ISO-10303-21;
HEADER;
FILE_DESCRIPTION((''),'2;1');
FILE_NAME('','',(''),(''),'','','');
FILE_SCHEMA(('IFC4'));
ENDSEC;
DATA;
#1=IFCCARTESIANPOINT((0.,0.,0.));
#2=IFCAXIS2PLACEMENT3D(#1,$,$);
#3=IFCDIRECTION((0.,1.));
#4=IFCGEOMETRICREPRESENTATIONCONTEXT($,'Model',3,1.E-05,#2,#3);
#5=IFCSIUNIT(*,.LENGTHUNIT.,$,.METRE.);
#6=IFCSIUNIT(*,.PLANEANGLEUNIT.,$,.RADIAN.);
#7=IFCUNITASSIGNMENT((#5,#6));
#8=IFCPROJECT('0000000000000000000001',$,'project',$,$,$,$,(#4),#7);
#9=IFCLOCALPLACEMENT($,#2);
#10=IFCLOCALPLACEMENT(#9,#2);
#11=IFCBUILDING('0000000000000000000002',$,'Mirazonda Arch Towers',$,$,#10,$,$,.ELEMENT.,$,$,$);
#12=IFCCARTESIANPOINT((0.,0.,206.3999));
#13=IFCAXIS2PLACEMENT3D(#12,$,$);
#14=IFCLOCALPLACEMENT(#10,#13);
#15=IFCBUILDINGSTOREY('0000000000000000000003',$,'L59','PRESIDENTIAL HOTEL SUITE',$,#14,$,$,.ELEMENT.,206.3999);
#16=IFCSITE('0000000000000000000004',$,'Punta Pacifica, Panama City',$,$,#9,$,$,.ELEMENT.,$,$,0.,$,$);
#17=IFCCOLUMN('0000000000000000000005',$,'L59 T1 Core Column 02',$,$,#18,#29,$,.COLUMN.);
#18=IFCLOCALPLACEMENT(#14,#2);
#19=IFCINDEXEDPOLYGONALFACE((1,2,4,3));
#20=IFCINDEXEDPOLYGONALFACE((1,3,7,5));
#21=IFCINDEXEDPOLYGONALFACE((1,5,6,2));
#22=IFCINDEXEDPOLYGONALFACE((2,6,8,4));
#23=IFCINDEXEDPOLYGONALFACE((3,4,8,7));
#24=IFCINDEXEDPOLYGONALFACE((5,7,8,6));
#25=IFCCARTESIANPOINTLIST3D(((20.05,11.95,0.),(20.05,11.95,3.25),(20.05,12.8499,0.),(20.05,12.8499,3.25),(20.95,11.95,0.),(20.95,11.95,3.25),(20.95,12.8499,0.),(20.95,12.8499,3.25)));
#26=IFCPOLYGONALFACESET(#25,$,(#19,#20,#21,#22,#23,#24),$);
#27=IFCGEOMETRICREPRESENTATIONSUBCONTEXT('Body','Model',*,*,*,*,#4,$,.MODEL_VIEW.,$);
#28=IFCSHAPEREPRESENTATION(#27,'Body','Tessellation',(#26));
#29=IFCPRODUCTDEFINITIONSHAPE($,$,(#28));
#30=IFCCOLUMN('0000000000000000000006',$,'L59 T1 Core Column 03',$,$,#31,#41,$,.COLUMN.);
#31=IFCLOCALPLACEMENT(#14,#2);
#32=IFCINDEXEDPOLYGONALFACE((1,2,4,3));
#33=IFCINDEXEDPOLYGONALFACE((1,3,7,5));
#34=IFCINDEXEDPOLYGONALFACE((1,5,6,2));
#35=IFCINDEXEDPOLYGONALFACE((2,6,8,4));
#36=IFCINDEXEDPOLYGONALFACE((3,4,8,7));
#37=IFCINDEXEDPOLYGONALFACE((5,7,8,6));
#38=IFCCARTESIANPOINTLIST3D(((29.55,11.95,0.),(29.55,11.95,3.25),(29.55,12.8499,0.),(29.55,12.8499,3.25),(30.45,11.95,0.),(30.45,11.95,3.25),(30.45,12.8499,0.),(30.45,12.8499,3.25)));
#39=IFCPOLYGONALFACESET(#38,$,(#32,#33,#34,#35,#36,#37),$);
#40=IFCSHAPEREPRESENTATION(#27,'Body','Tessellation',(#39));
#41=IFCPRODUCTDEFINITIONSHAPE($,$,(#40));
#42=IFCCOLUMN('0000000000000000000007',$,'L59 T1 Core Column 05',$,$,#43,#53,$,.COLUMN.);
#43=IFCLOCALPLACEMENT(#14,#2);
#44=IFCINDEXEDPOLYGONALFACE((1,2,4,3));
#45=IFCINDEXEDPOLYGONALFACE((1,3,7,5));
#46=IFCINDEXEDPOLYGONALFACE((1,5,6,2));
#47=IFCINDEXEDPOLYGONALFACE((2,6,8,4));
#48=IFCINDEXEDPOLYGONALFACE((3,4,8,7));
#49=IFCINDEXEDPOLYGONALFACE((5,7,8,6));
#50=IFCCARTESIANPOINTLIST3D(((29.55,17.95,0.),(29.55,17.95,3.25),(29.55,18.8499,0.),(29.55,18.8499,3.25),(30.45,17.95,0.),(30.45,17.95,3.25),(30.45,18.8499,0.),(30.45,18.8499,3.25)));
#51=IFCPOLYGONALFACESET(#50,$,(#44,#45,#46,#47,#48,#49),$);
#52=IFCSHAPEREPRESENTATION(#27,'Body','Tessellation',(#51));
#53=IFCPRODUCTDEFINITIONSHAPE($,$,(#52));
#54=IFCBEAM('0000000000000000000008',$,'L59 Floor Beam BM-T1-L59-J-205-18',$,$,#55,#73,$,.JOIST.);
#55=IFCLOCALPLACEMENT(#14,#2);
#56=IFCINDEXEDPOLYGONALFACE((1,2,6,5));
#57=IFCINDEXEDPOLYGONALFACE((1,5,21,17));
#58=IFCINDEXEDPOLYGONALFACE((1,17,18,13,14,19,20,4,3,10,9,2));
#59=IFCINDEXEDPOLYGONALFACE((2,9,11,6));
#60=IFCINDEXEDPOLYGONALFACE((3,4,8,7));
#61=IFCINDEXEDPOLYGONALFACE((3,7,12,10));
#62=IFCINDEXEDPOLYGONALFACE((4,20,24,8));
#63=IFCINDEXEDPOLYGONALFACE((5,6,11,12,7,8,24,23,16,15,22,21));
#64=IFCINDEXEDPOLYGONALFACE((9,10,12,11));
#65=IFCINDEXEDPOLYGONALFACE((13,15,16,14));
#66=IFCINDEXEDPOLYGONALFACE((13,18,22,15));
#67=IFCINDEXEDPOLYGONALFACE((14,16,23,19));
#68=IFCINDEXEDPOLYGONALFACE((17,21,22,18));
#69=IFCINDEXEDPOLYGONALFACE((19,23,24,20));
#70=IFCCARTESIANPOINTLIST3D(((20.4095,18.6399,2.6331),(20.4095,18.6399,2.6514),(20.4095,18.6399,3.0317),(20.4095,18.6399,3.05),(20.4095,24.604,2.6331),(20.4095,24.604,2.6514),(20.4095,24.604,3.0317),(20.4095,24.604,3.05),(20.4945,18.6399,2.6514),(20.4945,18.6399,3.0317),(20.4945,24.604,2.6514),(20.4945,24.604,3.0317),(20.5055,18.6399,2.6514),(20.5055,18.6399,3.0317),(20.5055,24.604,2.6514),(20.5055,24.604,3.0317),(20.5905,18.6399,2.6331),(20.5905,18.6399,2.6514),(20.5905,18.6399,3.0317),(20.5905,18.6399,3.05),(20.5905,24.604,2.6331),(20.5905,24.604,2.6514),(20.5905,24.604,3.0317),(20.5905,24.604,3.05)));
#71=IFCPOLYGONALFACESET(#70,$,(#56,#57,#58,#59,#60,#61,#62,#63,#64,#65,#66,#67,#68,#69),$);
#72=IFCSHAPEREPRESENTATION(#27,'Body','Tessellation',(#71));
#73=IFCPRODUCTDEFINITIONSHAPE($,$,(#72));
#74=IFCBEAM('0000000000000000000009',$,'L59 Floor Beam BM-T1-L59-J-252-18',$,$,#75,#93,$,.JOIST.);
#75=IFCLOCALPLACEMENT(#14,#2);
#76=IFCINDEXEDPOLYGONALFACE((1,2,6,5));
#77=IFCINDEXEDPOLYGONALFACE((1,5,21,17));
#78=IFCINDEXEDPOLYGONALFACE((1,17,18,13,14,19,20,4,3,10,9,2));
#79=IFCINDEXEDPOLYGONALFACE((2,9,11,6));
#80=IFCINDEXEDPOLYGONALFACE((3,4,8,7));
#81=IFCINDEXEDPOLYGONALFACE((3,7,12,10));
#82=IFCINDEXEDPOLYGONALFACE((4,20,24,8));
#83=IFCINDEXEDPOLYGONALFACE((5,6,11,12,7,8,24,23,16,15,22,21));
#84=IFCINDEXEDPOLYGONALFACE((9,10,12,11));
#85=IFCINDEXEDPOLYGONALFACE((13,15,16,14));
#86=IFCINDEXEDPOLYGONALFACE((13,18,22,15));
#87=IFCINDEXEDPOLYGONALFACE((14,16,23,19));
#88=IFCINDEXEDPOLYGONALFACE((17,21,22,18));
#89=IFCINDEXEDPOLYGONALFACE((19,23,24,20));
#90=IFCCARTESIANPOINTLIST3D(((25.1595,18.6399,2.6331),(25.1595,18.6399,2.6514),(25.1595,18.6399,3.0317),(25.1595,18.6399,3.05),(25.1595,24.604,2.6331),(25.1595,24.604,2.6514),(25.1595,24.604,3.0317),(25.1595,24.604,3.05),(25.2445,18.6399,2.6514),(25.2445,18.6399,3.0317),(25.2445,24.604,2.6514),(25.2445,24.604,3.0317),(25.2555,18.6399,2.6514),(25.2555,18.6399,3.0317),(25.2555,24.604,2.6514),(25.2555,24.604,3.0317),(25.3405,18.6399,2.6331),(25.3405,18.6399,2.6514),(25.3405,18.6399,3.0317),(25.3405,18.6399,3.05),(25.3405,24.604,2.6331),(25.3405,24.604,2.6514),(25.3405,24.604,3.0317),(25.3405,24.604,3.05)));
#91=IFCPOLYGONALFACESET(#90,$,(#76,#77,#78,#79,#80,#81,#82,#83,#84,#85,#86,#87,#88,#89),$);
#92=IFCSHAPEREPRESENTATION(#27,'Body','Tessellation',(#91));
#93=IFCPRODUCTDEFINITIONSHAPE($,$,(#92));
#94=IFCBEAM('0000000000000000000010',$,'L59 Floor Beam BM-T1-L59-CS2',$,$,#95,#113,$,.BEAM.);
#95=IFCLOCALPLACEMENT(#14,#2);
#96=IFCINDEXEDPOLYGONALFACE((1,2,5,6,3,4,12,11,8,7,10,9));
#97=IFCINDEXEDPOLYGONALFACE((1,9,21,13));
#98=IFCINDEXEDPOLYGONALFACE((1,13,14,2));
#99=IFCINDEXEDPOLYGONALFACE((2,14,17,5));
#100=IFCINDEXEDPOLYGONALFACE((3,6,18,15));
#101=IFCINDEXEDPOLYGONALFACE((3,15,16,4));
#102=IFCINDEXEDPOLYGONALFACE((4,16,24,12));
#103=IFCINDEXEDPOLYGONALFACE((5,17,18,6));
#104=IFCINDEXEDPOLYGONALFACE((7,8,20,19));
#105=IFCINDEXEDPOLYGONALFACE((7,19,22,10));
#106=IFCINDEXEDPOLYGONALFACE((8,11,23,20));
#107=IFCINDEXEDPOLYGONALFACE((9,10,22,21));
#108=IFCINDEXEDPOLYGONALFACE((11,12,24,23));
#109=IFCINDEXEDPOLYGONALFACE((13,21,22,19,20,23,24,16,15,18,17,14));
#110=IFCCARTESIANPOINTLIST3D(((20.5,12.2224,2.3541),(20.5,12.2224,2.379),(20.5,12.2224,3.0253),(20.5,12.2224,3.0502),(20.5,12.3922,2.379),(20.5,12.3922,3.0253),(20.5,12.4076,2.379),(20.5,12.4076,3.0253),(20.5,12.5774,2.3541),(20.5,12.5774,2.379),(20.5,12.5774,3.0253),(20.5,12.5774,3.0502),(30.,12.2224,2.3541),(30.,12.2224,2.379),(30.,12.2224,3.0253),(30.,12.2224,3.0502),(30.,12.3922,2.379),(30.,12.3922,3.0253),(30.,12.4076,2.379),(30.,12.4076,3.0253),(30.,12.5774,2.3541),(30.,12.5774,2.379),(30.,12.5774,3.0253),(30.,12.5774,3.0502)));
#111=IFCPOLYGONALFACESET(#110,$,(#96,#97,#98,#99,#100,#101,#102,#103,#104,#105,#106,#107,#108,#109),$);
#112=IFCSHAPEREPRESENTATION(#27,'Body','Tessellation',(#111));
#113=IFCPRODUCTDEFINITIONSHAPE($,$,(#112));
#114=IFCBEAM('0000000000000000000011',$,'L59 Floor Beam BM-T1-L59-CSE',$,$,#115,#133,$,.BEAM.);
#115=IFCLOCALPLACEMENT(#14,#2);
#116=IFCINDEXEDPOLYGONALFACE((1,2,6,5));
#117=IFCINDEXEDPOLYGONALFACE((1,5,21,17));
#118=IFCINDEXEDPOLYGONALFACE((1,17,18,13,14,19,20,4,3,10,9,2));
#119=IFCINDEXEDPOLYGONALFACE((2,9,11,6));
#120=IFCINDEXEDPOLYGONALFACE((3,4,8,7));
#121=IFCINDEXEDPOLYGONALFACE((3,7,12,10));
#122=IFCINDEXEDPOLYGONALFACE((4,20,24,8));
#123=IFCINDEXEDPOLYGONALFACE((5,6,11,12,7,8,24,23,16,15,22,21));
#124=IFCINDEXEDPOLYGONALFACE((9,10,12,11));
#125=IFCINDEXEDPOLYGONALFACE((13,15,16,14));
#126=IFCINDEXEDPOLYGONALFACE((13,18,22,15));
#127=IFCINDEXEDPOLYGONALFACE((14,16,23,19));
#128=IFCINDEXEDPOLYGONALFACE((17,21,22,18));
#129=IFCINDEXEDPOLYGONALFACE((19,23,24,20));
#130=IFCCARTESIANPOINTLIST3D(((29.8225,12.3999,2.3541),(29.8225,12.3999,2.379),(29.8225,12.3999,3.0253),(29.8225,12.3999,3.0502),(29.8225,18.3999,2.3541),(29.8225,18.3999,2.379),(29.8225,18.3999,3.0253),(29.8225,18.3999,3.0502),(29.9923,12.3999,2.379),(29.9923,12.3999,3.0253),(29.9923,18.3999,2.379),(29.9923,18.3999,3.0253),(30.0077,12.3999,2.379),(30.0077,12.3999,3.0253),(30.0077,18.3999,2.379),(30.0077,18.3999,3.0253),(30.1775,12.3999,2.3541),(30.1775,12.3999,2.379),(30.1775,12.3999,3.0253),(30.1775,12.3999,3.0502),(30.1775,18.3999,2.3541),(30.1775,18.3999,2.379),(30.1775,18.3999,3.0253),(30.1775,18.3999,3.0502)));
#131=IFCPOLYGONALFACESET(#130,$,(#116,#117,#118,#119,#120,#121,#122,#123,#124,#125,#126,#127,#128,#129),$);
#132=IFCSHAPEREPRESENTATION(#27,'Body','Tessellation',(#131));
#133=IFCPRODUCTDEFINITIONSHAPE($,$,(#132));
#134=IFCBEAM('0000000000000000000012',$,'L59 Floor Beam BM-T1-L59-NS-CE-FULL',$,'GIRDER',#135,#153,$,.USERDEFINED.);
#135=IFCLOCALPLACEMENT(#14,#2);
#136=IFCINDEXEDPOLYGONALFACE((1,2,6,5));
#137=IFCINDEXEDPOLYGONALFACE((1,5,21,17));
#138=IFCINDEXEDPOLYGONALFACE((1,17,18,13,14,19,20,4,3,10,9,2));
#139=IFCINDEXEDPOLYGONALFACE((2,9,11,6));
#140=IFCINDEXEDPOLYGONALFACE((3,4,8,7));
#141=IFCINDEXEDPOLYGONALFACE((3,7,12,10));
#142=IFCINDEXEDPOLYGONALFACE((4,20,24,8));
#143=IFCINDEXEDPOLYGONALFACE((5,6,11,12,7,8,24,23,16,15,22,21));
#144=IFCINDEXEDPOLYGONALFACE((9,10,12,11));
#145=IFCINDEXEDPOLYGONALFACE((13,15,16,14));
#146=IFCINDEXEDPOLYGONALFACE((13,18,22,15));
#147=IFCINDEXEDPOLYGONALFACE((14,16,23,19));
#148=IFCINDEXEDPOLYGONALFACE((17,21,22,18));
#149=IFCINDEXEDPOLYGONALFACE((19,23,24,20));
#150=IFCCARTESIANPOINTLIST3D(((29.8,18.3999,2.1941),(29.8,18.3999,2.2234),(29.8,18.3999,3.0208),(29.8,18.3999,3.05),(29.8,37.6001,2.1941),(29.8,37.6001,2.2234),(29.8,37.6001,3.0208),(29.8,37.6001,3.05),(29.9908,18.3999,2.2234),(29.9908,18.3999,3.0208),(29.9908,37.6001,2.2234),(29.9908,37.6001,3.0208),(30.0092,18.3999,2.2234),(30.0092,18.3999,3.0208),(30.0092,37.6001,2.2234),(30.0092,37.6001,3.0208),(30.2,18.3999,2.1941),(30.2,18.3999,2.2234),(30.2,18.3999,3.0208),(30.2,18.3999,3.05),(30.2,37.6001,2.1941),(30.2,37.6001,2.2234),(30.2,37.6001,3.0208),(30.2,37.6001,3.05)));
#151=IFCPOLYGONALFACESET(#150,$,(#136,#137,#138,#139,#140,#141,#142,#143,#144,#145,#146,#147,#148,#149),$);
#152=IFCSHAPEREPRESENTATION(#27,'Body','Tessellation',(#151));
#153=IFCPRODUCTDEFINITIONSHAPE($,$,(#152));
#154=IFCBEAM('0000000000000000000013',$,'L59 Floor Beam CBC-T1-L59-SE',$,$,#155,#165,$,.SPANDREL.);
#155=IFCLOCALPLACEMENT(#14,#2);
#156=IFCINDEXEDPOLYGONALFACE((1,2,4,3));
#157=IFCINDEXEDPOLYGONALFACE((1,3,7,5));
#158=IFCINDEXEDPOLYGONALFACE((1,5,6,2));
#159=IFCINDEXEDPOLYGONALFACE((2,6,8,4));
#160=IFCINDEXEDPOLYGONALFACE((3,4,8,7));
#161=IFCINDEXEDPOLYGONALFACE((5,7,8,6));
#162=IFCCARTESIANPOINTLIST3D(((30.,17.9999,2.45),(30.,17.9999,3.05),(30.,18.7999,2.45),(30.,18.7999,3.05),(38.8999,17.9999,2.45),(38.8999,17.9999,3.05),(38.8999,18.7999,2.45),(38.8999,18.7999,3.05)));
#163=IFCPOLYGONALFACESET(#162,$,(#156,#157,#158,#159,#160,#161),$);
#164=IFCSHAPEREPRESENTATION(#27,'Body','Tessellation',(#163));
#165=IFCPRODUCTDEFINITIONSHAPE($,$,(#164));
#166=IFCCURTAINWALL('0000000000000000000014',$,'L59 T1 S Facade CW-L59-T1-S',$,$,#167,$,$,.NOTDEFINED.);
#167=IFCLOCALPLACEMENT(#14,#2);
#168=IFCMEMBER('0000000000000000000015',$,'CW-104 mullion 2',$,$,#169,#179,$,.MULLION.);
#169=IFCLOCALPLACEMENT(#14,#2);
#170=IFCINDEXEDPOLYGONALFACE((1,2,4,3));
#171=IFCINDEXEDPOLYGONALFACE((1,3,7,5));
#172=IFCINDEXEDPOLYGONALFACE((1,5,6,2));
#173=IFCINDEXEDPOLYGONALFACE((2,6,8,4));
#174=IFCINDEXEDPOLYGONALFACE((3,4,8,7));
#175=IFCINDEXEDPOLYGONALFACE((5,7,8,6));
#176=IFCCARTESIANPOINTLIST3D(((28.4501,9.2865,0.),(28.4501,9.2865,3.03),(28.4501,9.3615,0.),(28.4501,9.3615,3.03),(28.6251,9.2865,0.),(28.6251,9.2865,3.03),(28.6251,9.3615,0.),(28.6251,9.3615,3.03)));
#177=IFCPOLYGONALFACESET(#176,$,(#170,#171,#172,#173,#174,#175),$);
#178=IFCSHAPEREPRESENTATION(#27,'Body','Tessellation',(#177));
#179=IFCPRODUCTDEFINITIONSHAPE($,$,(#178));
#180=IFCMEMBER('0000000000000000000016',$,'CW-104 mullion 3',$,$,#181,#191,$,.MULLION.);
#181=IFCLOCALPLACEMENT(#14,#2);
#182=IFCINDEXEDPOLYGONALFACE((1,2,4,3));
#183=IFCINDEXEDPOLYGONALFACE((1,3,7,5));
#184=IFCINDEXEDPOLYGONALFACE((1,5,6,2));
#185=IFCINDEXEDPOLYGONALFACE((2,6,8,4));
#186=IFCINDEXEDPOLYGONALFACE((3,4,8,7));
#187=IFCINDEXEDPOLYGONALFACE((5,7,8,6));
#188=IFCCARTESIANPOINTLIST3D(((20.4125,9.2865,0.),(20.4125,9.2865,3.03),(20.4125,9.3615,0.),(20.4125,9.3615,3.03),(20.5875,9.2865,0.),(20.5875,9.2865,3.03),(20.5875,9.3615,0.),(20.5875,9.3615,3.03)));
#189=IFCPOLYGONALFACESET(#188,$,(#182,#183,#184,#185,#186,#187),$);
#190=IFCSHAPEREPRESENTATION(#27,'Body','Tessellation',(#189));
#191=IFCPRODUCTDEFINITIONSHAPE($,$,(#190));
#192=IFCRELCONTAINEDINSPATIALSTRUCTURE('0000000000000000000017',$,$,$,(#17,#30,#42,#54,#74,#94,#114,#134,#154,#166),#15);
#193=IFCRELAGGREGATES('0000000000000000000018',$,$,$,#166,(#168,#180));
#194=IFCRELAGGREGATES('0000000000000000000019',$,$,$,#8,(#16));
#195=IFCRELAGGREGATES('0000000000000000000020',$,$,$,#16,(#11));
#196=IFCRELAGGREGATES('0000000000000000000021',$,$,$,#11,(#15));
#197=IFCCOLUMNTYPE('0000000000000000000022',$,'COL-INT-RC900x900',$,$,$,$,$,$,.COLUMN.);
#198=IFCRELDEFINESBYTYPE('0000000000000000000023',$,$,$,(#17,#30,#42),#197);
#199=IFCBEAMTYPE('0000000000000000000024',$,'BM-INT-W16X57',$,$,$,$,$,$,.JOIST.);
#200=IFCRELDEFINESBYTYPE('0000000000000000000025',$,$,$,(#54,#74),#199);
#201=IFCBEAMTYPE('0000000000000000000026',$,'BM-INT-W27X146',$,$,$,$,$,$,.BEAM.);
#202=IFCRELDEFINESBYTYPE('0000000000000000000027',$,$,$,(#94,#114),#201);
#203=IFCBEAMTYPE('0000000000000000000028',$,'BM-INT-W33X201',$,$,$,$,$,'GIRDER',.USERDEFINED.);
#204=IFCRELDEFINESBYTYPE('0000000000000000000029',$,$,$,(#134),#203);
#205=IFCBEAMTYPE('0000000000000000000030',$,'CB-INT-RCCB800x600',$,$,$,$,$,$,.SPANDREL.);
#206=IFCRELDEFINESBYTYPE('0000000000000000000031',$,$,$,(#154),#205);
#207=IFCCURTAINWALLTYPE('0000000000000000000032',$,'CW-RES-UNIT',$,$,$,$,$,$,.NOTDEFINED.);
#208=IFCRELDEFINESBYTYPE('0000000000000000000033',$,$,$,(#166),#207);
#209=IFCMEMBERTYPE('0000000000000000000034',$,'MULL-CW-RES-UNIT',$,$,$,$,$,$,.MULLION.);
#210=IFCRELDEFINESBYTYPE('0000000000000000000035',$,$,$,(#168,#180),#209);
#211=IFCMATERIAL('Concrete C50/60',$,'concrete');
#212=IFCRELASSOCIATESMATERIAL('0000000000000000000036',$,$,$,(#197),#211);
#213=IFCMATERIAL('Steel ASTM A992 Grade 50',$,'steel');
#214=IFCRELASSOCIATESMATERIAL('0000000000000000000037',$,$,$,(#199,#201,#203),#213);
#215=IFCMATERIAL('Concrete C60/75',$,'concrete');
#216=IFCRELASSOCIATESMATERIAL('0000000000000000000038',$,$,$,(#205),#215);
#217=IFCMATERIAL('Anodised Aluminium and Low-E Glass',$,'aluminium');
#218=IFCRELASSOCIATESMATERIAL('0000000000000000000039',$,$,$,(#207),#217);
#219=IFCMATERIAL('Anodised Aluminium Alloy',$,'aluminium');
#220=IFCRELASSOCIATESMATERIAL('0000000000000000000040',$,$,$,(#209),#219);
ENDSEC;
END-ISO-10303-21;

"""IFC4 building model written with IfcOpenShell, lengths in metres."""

from ifc_helpers import new_model, si_unit, direction, frame, origin, origin_2d, place, context, subcontext, project, spatial, rectangle, i_section, extrude, material, material_profile, profile_set, type_object, element, aggregate, save


model = new_model("IFC4")

# Units and contexts
model_context = context("Model", 3, precision=1e-05, world=origin(), true_north=direction((0.0, 1.0)))
body_context = subcontext(model_context, "Body", "Model", "MODEL_VIEW")
ifc_project = project(units=[si_unit("LENGTHUNIT", "METRE"), si_unit("PLANEANGLEUNIT", "RADIAN")], contexts=[model_context])

# Site, building, storey
site_placement = place(None, origin())
site = spatial("IfcSite", under=ifc_project, at=site_placement, Name="Punta Pacifica, Panama City", CompositionType="ELEMENT", RefElevation=0.0)
building_placement = place(site_placement, origin())
building = spatial("IfcBuilding", under=site, at=building_placement, Name="Mirazonda Arch Towers", CompositionType="ELEMENT")
storey_placement = place(building_placement, frame((0.0, 0.0, 206.3999)))
storey = spatial("IfcBuildingStorey", under=building, at=storey_placement, Name="L59", Description="PRESIDENTIAL HOTEL SUITE", CompositionType="ELEMENT", Elevation=206.3999)

# Columns
ifc_material_1 = material(Name="Concrete C50/60", Category="concrete")
ifc_material_profile_1 = material_profile(ifc_material_1, rectangle(XDim=0.8999, YDim=0.8999, at=origin_2d()), Name="RC900x900")
ifc_profile_set_1 = profile_set([ifc_material_profile_1], Name="Concrete C50/60")
column_type = type_object("IfcColumnType", Name="COL-INT-RC900x900", PredefinedType="COLUMN", material=ifc_profile_set_1)
for number, where, z_axis, x_axis, name in (
    (1, (20.5, 12.3999, 0.0), (0.0, 0.0, 1.0), (1.0, 0.0, 0.0), "L59 T1 Core Column 02"),
    (2, (30.0, 12.3999, 0.0), (0.0, 0.0, 1.0), (1.0, 0.0, 0.0), "L59 T1 Core Column 03"),
    (3, (30.0, 18.3999, 0.0), (0.0, 0.0, 1.0), (1.0, 0.0, 0.0), "L59 T1 Core Column 05"),
):
    element("IfcColumn", number, at=place(storey_placement, frame(where, z_axis=z_axis, x_axis=x_axis)), inside=storey, type_object=column_type, Name=name, PredefinedType="COLUMN", context=body_context, shape_type="SweptSolid", body=[
        extrude(rectangle(XDim=0.8999, YDim=0.8999, at=origin_2d()), origin(), (0.0, 0.0, 1.0), 3.25),
    ])

# Beams
ifc_material_2 = material(Name="Steel ASTM A992 Grade 50", Category="steel")
ifc_material_profile_2 = material_profile(ifc_material_2, i_section(OverallWidth=0.1809, OverallDepth=0.417, WebThickness=0.011, FlangeThickness=0.0183, at=origin_2d()), Name="W16X57")
ifc_profile_set_2 = profile_set([ifc_material_profile_2], Name="Steel ASTM A992 Grade 50")
beam_type_1 = type_object("IfcBeamType", Name="BM-INT-W16X57", PredefinedType="JOIST", material=ifc_profile_set_2)
for number, where, z_axis, x_axis, name in (
    (4, (20.5, 18.6399, 2.8416), (0.0, 1.0, 0.0), (-1.0, 0.0, 0.0), "L59 Floor Beam BM-T1-L59-J-205-18"),
    (5, (25.25, 18.6399, 2.8416), (0.0, 1.0, 0.0), (-1.0, 0.0, 0.0), "L59 Floor Beam BM-T1-L59-J-252-18"),
):
    element("IfcBeam", number, at=place(storey_placement, frame(where, z_axis=z_axis, x_axis=x_axis)), inside=storey, type_object=beam_type_1, Name=name, PredefinedType="JOIST", context=body_context, shape_type="SweptSolid", body=[
        extrude(i_section(OverallWidth=0.1809, OverallDepth=0.417, WebThickness=0.011, FlangeThickness=0.0183, at=origin_2d()), origin(), (0.0, 0.0, 1.0), 5.9641),
    ])
ifc_material_profile_3 = material_profile(ifc_material_2, i_section(OverallWidth=0.355, OverallDepth=0.696, WebThickness=0.0154, FlangeThickness=0.0249, at=origin_2d()), Name="W27X146")
ifc_profile_set_3 = profile_set([ifc_material_profile_3], Name="Steel ASTM A992 Grade 50")
beam_type_2 = type_object("IfcBeamType", Name="BM-INT-W27X146", PredefinedType="BEAM", material=ifc_profile_set_3)
beam_1_placement = place(storey_placement, frame((20.5, 12.3999, 2.7021), z_axis=(1.0, 0.0, 0.0), x_axis=(0.0, 1.0, 0.0)))
element("IfcBeam", 6, at=beam_1_placement, inside=storey, type_object=beam_type_2, Name="L59 Floor Beam BM-T1-L59-CS2", PredefinedType="BEAM", context=body_context, shape_type="SweptSolid", body=[
    extrude(i_section(OverallWidth=0.355, OverallDepth=0.696, WebThickness=0.0154, FlangeThickness=0.0249, at=origin_2d()), origin(), (0.0, 0.0, 1.0), 9.5),
])
beam_2_placement = place(storey_placement, frame((30.0, 12.3999, 2.7021), z_axis=(0.0, 1.0, 0.0), x_axis=(-1.0, 0.0, 0.0)))
element("IfcBeam", 7, at=beam_2_placement, inside=storey, type_object=beam_type_2, Name="L59 Floor Beam BM-T1-L59-CSE", PredefinedType="BEAM", context=body_context, shape_type="SweptSolid", body=[
    extrude(i_section(OverallWidth=0.355, OverallDepth=0.696, WebThickness=0.0154, FlangeThickness=0.0249, at=origin_2d()), origin(), (0.0, 0.0, 1.0), 6.0),
])
ifc_material_profile_4 = material_profile(ifc_material_2, i_section(OverallWidth=0.3999, OverallDepth=0.856, WebThickness=0.0183, FlangeThickness=0.0293, at=origin_2d()), Name="W33X201")
ifc_profile_set_4 = profile_set([ifc_material_profile_4], Name="Steel ASTM A992 Grade 50")
beam_type_3 = type_object("IfcBeamType", Name="BM-INT-W33X201", ElementType="GIRDER", PredefinedType="USERDEFINED", material=ifc_profile_set_4)
beam_3_placement = place(storey_placement, frame((30.0, 18.3999, 2.6221), z_axis=(0.0, 1.0, 0.0), x_axis=(-1.0, 0.0, 0.0)))
element("IfcBeam", 8, at=beam_3_placement, inside=storey, type_object=beam_type_3, Name="L59 Floor Beam BM-T1-L59-NS-CE-FULL", ObjectType="GIRDER", PredefinedType="USERDEFINED", context=body_context, shape_type="SweptSolid", body=[
    extrude(i_section(OverallWidth=0.3999, OverallDepth=0.856, WebThickness=0.0183, FlangeThickness=0.0293, at=origin_2d()), origin(), (0.0, 0.0, 1.0), 19.2002),
])
ifc_material_3 = material(Name="Concrete C60/75", Category="concrete")
ifc_material_profile_5 = material_profile(ifc_material_3, rectangle(XDim=0.8, YDim=0.6001, at=origin_2d()), Name="RCCB800x600")
ifc_profile_set_5 = profile_set([ifc_material_profile_5], Name="Concrete C60/75")
beam_type_4 = type_object("IfcBeamType", Name="CB-INT-RCCB800x600", PredefinedType="SPANDREL", material=ifc_profile_set_5)
beam_4_placement = place(storey_placement, frame((30.0, 18.3999, 2.75), z_axis=(1.0, 0.0, 0.0), x_axis=(0.0, 1.0, 0.0)))
element("IfcBeam", 9, at=beam_4_placement, inside=storey, type_object=beam_type_4, Name="L59 Floor Beam CBC-T1-L59-SE", PredefinedType="SPANDREL", context=body_context, shape_type="SweptSolid", body=[
    extrude(rectangle(XDim=0.8, YDim=0.6001, at=origin_2d()), origin(), (0.0, 0.0, 1.0), 8.8999),
])

# Curtain wall, members
ifc_material_4 = material(Name="Anodised Aluminium and Low-E Glass", Category="aluminium")
curtain_wall_type = type_object("IfcCurtainWallType", Name="CW-RES-UNIT", PredefinedType="NOTDEFINED", material=ifc_material_4)
curtain_wall_placement = place(storey_placement, origin())
curtain_wall = element("IfcCurtainWall", 10, at=curtain_wall_placement, inside=storey, type_object=curtain_wall_type, Name="L59 T1 S Facade CW-L59-T1-S", PredefinedType="NOTDEFINED")
ifc_material_5 = material(Name="Anodised Aluminium Alloy", Category="aluminium")
ifc_material_profile_6 = material_profile(ifc_material_5, rectangle(XDim=0.075, YDim=0.175, at=origin_2d()), Name="ALU-MULL-75x175")
ifc_profile_set_6 = profile_set([ifc_material_profile_6], Name="Anodised Aluminium Alloy")
member_type_1 = type_object("IfcMemberType", Name="MULL-CW-RES-UNIT", PredefinedType="MULLION", material=ifc_profile_set_6)
member_1_placement = place(storey_placement, frame((28.5376, 9.324, 0.0), z_axis=(0.0, 0.0, 1.0), x_axis=(0.0, -1.0, 0.0)))
member_1 = element("IfcMember", 11, at=member_1_placement, type_object=member_type_1, Name="CW-104 mullion 2", PredefinedType="MULLION", context=body_context, shape_type="SweptSolid", body=[
    extrude(rectangle(XDim=0.075, YDim=0.175, at=origin_2d()), origin(), (0.0, 0.0, 1.0), 3.03),
])
member_2_placement = place(storey_placement, frame((20.5, 9.324, 0.0), z_axis=(0.0, 0.0, 1.0), x_axis=(0.0, -1.0, 0.0)))
member_2 = element("IfcMember", 12, at=member_2_placement, type_object=member_type_1, Name="CW-104 mullion 3", PredefinedType="MULLION", context=body_context, shape_type="SweptSolid", body=[
    extrude(rectangle(XDim=0.075, YDim=0.175, at=origin_2d()), origin(), (0.0, 0.0, 1.0), 3.03),
])
aggregate(curtain_wall, [member_1, member_2])

save(model, "model.ifc")
